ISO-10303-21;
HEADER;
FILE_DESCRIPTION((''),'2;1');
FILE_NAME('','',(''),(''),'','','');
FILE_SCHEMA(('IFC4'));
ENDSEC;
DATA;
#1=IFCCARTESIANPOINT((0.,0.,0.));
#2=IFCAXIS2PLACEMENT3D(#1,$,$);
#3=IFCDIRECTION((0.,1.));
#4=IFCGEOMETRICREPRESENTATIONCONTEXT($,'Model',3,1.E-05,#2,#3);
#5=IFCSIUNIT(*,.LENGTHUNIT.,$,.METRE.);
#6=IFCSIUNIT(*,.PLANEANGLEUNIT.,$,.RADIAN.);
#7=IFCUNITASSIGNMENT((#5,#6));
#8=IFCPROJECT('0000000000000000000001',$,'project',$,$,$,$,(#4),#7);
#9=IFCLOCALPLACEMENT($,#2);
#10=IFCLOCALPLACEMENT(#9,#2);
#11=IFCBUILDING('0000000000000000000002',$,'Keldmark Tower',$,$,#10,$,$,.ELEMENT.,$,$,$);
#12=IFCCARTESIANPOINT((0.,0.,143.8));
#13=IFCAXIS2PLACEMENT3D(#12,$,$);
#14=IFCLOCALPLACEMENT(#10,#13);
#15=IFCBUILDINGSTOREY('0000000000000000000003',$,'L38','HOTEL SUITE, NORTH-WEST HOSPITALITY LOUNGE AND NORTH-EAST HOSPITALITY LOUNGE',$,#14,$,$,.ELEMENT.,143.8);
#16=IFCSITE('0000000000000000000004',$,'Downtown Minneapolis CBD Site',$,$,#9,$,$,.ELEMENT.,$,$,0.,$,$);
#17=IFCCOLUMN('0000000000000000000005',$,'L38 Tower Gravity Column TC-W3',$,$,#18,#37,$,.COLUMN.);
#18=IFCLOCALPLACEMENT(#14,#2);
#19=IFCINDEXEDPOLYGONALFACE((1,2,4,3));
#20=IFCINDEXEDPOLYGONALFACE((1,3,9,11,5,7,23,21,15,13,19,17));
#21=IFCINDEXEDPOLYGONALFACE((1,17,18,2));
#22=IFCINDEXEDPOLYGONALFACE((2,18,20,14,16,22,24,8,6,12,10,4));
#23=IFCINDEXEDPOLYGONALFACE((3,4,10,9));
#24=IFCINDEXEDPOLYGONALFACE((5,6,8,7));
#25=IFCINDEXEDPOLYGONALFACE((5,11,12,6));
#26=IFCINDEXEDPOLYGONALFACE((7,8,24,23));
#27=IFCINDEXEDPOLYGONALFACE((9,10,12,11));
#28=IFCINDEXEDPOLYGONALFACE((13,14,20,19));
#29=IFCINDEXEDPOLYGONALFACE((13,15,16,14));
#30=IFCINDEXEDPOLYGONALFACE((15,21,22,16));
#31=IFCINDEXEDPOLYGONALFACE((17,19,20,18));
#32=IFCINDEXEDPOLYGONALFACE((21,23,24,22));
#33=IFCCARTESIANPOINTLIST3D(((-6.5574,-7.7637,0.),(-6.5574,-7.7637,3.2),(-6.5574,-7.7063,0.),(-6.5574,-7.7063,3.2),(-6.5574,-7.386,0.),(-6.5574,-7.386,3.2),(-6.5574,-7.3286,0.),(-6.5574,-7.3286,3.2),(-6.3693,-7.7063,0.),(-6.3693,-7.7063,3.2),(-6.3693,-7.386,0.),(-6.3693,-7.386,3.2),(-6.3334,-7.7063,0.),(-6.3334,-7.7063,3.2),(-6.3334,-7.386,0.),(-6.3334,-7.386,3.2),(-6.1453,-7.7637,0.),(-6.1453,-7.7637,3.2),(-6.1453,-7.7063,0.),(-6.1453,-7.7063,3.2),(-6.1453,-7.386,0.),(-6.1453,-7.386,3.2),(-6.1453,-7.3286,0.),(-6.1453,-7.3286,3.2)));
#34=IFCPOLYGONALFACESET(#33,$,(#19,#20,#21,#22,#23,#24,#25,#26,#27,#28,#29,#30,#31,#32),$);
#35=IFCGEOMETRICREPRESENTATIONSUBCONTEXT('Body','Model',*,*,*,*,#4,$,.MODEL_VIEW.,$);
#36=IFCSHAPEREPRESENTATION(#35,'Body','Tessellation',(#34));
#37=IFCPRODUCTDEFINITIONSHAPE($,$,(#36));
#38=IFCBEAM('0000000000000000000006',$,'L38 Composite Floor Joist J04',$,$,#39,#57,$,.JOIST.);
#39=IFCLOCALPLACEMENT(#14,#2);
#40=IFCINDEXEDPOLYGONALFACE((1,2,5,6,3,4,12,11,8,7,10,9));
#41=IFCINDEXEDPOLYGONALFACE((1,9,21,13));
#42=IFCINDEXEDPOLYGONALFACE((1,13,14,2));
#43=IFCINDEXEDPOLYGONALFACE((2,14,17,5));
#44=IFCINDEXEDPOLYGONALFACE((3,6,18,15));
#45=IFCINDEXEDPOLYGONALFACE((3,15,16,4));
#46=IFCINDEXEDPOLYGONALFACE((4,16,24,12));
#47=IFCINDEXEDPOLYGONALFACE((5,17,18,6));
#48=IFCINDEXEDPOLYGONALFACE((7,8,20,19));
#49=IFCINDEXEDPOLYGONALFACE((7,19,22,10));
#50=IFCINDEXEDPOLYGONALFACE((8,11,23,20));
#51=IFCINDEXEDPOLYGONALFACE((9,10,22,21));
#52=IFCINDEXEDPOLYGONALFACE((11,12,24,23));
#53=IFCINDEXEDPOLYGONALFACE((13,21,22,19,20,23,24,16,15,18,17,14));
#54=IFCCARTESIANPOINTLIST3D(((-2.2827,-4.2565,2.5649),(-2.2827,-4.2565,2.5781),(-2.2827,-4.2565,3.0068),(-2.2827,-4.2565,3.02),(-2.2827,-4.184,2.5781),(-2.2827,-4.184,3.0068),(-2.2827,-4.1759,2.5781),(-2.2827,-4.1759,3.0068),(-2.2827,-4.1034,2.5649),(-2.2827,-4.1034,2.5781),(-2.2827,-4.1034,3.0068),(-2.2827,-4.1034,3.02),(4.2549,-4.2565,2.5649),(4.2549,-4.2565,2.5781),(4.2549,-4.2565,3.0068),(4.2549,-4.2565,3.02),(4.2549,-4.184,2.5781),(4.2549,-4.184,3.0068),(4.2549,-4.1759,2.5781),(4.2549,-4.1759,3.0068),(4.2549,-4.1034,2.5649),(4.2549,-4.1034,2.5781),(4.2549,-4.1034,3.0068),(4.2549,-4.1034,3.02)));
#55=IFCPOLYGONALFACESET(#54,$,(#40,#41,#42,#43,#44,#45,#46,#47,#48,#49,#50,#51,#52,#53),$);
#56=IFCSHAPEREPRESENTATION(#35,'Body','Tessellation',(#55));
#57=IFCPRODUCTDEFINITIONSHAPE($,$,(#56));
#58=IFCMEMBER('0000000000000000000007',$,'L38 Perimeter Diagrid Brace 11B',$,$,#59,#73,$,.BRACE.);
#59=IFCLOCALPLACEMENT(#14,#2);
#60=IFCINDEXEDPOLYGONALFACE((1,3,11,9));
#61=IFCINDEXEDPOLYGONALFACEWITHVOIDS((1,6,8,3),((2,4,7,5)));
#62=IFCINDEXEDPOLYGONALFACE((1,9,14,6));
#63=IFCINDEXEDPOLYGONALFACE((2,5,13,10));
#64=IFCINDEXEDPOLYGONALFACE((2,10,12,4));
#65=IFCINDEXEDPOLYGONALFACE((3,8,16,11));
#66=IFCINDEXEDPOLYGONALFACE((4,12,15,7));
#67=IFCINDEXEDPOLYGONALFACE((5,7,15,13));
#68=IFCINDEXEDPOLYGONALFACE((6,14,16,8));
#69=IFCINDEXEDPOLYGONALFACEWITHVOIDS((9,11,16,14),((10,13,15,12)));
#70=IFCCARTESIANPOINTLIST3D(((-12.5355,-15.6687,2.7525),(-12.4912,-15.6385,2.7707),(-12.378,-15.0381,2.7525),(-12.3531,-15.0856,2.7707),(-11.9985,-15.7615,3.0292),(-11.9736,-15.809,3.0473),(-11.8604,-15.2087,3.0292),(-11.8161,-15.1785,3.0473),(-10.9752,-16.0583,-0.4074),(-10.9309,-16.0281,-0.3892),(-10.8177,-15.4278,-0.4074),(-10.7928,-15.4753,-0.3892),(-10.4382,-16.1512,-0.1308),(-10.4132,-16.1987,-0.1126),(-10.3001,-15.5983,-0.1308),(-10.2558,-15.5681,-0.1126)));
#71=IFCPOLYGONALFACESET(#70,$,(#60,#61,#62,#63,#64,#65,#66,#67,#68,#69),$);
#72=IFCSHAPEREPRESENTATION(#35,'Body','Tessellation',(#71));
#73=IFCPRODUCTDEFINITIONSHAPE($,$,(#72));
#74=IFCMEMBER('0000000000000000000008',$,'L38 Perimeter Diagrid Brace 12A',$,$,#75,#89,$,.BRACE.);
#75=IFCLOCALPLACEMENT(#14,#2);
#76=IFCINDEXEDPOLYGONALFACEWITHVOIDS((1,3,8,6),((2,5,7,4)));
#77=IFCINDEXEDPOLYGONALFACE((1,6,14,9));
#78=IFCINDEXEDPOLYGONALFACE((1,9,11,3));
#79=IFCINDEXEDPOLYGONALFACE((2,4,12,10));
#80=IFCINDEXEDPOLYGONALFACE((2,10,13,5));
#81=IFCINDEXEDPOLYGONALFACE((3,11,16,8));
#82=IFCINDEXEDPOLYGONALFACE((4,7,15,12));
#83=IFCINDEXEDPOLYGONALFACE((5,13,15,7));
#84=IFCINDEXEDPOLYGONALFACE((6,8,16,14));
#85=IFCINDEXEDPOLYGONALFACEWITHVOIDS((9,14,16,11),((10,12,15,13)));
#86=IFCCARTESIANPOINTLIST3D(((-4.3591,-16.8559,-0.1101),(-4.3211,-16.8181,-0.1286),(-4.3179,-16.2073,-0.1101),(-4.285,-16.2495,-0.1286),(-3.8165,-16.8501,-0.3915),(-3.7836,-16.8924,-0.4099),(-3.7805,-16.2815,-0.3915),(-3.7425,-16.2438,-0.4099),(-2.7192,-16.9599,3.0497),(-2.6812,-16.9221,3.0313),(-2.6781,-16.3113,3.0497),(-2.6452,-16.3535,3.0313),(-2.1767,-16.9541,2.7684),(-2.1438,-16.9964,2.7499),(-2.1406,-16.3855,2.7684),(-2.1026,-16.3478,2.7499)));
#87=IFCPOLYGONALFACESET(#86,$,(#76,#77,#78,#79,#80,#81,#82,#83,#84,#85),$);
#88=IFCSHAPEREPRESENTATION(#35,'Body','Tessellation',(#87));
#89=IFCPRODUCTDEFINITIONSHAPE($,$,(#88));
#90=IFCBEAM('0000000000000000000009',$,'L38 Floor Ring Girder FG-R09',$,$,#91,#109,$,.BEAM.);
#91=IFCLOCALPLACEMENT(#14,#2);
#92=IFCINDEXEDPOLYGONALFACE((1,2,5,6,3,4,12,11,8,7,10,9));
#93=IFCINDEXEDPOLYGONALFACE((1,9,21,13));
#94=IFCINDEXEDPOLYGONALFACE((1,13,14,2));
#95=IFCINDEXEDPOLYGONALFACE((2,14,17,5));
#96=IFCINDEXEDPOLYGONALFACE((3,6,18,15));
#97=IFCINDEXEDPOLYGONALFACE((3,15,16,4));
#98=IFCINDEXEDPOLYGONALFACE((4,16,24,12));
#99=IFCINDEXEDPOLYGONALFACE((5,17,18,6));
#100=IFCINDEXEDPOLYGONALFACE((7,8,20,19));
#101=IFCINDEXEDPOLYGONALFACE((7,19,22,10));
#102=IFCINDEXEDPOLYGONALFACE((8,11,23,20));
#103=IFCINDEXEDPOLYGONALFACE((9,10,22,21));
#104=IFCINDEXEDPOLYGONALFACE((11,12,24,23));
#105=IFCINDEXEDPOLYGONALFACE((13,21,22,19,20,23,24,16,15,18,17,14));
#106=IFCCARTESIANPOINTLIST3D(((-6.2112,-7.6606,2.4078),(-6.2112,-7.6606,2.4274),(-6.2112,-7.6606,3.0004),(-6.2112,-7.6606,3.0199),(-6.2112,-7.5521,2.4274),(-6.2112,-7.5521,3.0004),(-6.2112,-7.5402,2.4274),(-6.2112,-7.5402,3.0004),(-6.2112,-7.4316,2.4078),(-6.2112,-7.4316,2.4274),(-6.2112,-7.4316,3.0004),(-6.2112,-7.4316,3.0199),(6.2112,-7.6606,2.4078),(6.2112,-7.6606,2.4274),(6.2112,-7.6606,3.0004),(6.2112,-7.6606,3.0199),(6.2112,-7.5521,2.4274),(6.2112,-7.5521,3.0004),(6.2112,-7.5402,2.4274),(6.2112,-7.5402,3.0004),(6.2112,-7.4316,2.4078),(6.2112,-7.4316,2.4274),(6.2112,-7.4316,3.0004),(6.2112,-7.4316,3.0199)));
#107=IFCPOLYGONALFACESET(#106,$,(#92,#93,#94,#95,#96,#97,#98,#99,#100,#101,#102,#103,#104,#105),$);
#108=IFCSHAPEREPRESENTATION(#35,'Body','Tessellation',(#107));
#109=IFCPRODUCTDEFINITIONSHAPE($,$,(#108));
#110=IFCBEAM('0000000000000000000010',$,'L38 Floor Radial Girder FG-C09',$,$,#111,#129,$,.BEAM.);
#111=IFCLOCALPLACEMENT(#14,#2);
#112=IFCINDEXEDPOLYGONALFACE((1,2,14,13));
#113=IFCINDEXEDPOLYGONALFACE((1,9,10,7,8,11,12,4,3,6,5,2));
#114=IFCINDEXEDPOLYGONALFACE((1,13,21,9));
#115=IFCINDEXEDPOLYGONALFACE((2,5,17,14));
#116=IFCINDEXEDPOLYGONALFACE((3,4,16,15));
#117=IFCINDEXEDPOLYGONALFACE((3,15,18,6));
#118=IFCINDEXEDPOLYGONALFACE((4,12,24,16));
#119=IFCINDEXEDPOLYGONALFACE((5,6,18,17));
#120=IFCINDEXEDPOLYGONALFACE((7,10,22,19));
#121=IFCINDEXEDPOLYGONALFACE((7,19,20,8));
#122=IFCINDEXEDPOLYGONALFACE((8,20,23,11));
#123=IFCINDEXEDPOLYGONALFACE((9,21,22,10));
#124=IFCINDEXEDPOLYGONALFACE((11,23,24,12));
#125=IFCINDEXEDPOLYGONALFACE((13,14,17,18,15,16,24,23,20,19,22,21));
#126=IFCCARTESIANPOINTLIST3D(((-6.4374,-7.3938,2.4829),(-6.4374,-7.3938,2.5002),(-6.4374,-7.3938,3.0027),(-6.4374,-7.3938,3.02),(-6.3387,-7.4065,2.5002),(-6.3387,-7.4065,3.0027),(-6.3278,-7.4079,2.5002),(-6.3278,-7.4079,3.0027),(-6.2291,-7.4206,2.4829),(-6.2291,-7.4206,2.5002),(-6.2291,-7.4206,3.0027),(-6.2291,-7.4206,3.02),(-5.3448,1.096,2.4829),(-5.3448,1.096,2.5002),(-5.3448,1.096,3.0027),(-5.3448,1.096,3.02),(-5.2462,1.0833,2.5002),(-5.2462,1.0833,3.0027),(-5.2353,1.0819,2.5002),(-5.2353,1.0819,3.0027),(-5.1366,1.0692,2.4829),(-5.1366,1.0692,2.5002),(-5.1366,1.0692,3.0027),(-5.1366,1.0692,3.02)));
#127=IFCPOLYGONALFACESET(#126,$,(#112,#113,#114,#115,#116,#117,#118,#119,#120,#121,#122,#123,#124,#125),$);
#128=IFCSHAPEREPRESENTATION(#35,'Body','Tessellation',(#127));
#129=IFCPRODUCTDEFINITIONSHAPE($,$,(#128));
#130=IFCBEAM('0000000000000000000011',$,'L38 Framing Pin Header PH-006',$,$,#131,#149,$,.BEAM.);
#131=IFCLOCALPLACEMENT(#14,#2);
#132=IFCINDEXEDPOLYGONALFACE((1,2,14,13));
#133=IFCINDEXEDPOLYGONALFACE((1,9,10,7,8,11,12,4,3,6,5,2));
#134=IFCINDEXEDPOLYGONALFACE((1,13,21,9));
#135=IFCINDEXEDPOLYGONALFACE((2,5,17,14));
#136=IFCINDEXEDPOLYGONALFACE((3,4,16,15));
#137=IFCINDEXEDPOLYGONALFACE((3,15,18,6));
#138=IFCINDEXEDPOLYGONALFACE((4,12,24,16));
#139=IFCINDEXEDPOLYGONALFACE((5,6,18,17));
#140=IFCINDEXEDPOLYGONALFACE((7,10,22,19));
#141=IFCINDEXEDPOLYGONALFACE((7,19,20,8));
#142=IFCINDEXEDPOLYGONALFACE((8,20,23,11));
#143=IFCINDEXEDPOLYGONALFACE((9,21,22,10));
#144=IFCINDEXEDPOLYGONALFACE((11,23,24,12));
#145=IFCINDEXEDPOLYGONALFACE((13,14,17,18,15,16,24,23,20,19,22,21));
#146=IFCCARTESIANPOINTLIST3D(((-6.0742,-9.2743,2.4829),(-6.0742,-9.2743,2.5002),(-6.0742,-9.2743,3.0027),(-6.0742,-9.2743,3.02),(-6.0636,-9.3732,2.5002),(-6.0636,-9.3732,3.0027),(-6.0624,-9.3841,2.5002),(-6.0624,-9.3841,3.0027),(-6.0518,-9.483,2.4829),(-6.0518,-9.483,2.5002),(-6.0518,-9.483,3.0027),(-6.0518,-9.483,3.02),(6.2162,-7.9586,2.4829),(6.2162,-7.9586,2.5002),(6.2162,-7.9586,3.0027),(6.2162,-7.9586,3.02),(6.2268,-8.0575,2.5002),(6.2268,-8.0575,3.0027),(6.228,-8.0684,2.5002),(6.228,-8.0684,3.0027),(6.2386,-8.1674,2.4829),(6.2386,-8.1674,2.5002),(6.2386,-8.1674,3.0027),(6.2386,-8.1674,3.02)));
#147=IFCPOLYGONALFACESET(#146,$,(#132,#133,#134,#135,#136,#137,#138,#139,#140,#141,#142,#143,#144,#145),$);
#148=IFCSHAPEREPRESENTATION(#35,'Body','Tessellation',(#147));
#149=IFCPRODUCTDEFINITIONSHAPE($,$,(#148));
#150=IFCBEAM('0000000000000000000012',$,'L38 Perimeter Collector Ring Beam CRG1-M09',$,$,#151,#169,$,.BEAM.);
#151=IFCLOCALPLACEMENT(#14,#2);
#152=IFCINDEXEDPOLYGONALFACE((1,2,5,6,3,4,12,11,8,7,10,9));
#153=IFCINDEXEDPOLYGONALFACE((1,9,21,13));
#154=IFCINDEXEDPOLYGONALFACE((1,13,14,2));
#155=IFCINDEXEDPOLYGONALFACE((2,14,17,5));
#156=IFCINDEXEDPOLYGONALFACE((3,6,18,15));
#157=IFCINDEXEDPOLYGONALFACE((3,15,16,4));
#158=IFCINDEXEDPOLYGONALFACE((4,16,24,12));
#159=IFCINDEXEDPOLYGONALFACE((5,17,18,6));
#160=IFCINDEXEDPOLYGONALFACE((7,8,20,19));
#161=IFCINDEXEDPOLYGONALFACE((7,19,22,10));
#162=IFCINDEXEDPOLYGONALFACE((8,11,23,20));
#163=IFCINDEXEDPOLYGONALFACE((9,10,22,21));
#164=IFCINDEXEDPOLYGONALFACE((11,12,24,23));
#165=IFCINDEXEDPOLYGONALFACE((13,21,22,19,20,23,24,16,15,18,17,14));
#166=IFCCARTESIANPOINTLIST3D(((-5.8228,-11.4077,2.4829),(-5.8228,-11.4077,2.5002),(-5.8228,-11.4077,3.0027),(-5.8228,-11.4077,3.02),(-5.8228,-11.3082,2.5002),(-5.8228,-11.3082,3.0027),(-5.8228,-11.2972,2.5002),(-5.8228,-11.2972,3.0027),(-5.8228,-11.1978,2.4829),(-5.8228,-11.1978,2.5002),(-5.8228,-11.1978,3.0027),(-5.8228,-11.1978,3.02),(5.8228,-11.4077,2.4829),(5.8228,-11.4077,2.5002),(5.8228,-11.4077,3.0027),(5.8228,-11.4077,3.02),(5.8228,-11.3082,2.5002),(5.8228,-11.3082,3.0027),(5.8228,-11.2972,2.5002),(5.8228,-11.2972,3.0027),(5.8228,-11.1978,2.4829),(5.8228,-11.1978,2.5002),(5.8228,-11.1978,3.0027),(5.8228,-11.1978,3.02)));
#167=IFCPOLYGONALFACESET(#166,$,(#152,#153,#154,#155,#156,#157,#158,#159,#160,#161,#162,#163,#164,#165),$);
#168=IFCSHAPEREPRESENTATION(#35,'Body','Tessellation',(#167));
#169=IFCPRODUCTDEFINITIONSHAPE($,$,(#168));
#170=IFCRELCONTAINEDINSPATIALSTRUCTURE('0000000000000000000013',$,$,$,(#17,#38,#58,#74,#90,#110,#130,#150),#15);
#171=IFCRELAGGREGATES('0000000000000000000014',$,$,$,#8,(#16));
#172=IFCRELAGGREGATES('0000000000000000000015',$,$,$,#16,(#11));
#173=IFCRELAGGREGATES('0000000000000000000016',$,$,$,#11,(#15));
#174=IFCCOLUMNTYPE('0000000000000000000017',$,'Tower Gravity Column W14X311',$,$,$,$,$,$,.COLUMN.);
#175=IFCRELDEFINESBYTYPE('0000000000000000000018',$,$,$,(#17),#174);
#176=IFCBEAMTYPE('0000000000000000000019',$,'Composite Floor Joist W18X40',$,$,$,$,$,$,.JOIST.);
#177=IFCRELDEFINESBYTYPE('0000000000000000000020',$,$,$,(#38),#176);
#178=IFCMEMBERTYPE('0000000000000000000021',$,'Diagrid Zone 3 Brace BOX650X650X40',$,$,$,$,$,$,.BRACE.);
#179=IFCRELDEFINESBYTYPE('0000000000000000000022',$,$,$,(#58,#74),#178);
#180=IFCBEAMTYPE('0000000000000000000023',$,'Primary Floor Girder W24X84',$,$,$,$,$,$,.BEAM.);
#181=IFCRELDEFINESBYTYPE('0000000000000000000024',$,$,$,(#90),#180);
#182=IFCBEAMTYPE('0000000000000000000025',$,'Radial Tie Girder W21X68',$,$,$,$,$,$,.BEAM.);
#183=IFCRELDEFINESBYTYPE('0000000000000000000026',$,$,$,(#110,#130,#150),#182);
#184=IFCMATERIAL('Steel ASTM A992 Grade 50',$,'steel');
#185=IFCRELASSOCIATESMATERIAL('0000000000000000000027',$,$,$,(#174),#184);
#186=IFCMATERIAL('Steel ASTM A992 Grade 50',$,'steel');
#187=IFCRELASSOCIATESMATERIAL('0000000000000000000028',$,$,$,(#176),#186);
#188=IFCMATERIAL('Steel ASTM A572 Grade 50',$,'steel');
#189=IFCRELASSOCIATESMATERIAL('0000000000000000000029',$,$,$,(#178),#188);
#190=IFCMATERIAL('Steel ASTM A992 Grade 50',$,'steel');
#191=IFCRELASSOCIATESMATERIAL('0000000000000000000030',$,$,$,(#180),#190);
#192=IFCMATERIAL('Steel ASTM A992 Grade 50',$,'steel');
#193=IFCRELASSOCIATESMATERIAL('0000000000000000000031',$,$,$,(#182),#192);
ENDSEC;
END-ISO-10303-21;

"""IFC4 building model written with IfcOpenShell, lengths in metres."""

from ifc_helpers import new_model, si_unit, direction, frame, origin, origin_2d, place, context, subcontext, project, spatial, hollow_rectangle, i_section, extrude, material, material_profile, profile_set, type_object, element, save


model = new_model("IFC4")

# Units and contexts
model_context = context("Model", 3, precision=1e-05, world=origin(), true_north=direction((0.0, 1.0)))
body_context = subcontext(model_context, "Body", "Model", "MODEL_VIEW")
ifc_project = project(units=[si_unit("LENGTHUNIT", "METRE"), si_unit("PLANEANGLEUNIT", "RADIAN")], contexts=[model_context])

# Site, building, storey
site_placement = place(None, origin())
site = spatial("IfcSite", under=ifc_project, at=site_placement, Name="Downtown Minneapolis CBD Site", CompositionType="ELEMENT", RefElevation=0.0)
building_placement = place(site_placement, origin())
building = spatial("IfcBuilding", under=site, at=building_placement, Name="Keldmark Tower", CompositionType="ELEMENT")
storey_placement = place(building_placement, frame((0.0, 0.0, 143.8)))
storey = spatial("IfcBuildingStorey", under=building, at=storey_placement, Name="L38", Description="HOTEL SUITE, NORTH-WEST HOSPITALITY LOUNGE AND NORTH-EAST HOSPITALITY LOUNGE", CompositionType="ELEMENT", Elevation=143.8)

# Column
ifc_material_1 = material(Name="Steel ASTM A992 Grade 50", Category="steel")
ifc_material_profile_1 = material_profile(ifc_material_1, i_section(OverallWidth=0.4121, OverallDepth=0.4351, WebThickness=0.0359, FlangeThickness=0.0574, at=origin_2d()), Name="W14X311")
ifc_profile_set_1 = profile_set([ifc_material_profile_1], Name="Steel ASTM A992 Grade 50")
column_type = type_object("IfcColumnType", Name="Tower Gravity Column W14X311", PredefinedType="COLUMN", material=ifc_profile_set_1)
column_placement = place(storey_placement, frame((-6.3513, -7.5461, 0.0), z_axis=(0.0, 0.0, 1.0), x_axis=(1.0, 0.0, 0.0)))
element("IfcColumn", 1, at=column_placement, inside=storey, type_object=column_type, Name="L38 Tower Gravity Column TC-W3", PredefinedType="COLUMN", context=body_context, shape_type="SweptSolid", body=[
    extrude(i_section(OverallWidth=0.4121, OverallDepth=0.4351, WebThickness=0.0359, FlangeThickness=0.0574, at=origin_2d()), origin(), (0.0, 0.0, 1.0), 3.2),
])

# Beam
ifc_material_2 = material(Name="Steel ASTM A992 Grade 50", Category="steel")
ifc_material_profile_2 = material_profile(ifc_material_2, i_section(OverallWidth=0.1531, OverallDepth=0.4551, WebThickness=0.0081, FlangeThickness=0.0132, at=origin_2d()), Name="W18X40")
ifc_profile_set_2 = profile_set([ifc_material_profile_2], Name="Steel ASTM A992 Grade 50")
beam_type_1 = type_object("IfcBeamType", Name="Composite Floor Joist W18X40", PredefinedType="JOIST", material=ifc_profile_set_2)
beam_1_placement = place(storey_placement, frame((-2.2827, -4.1799, 2.7925), z_axis=(1.0, 0.0, 0.0), x_axis=(0.0, 1.0, 0.0)))
element("IfcBeam", 2, at=beam_1_placement, inside=storey, type_object=beam_type_1, Name="L38 Composite Floor Joist J04", PredefinedType="JOIST", context=body_context, shape_type="SweptSolid", body=[
    extrude(i_section(OverallWidth=0.1531, OverallDepth=0.4551, WebThickness=0.0081, FlangeThickness=0.0132, at=origin_2d()), origin(), (0.0, 0.0, 1.0), 6.5376),
])

# Members
ifc_material_3 = material(Name="Steel ASTM A572 Grade 50", Category="steel")
ifc_material_profile_3 = material_profile(ifc_material_3, hollow_rectangle(XDim=0.6499, YDim=0.6499, WallThickness=0.04, at=origin_2d()), Name="BOX650X650X40")
ifc_profile_set_3 = profile_set([ifc_material_profile_3], Name="Steel ASTM A572 Grade 50")
member_type = type_object("IfcMemberType", Name="Diagrid Zone 3 Brace BOX650X650X40", PredefinedType="BRACE", material=ifc_profile_set_3)
member_1_placement = place(storey_placement, frame((-10.6155, -15.8132, -0.26), z_axis=(-0.440065, 0.109896, 0.891216), x_axis=(-0.242286, -0.970205, 0.0)))
element("IfcMember", 3, at=member_1_placement, inside=storey, type_object=member_type, Name="L38 Perimeter Diagrid Brace 11B", PredefinedType="BRACE", context=body_context, shape_type="SweptSolid", body=[
    extrude(hollow_rectangle(XDim=0.6499, YDim=0.6499, WallThickness=0.04, at=origin_2d()), origin(), (0.0, 0.0, 1.0), 3.5457),
])
member_2_placement = place(storey_placement, frame((-4.0508, -16.5498, -0.26), z_axis=(0.460435, -0.029201, 0.887213), x_axis=(0.063294, 0.997995, 0.0)))
element("IfcMember", 4, at=member_2_placement, inside=storey, type_object=member_type, Name="L38 Perimeter Diagrid Brace 12A", PredefinedType="BRACE", context=body_context, shape_type="SweptSolid", body=[
    extrude(hollow_rectangle(XDim=0.6499, YDim=0.6499, WallThickness=0.04, at=origin_2d()), origin(), (0.0, 0.0, 1.0), 3.5615),
])

# Beams
ifc_material_4 = material(Name="Steel ASTM A992 Grade 50", Category="steel")
ifc_material_profile_4 = material_profile(ifc_material_4, i_section(OverallWidth=0.229, OverallDepth=0.6121, WebThickness=0.012, FlangeThickness=0.0195, at=origin_2d()), Name="W24X84")
ifc_profile_set_4 = profile_set([ifc_material_profile_4], Name="Steel ASTM A992 Grade 50")
beam_type_2 = type_object("IfcBeamType", Name="Primary Floor Girder W24X84", PredefinedType="BEAM", material=ifc_profile_set_4)
beam_2_placement = place(storey_placement, frame((-6.2112, -7.5461, 2.7139), z_axis=(1.0, 0.0, 0.0), x_axis=(0.0, 1.0, 0.0)))
element("IfcBeam", 5, at=beam_2_placement, inside=storey, type_object=beam_type_2, Name="L38 Floor Ring Girder FG-R09", PredefinedType="BEAM", context=body_context, shape_type="SweptSolid", body=[
    extrude(i_section(OverallWidth=0.229, OverallDepth=0.6121, WebThickness=0.012, FlangeThickness=0.0195, at=origin_2d()), origin(), (0.0, 0.0, 1.0), 12.4224),
])
ifc_material_5 = material(Name="Steel ASTM A992 Grade 50", Category="steel")
ifc_material_profile_5 = material_profile(ifc_material_5, i_section(OverallWidth=0.21, OverallDepth=0.5371, WebThickness=0.011, FlangeThickness=0.0173, at=origin_2d()), Name="W21X68")
ifc_profile_set_5 = profile_set([ifc_material_profile_5], Name="Steel ASTM A992 Grade 50")
beam_type_3 = type_object("IfcBeamType", Name="Radial Tie Girder W21X68", PredefinedType="BEAM", material=ifc_profile_set_5)
beam_3_placement = place(storey_placement, frame((-6.3333, -7.4072, 2.7515), z_axis=(0.127636, 0.991821, 0.0), x_axis=(-0.991821, 0.127636, 0.0)))
element("IfcBeam", 6, at=beam_3_placement, inside=storey, type_object=beam_type_3, Name="L38 Floor Radial Girder FG-C09", PredefinedType="BEAM", context=body_context, shape_type="SweptSolid", body=[
    extrude(i_section(OverallWidth=0.21, OverallDepth=0.5371, WebThickness=0.011, FlangeThickness=0.0173, at=origin_2d()), origin(), (0.0, 0.0, 1.0), 8.5598),
])
beam_4_placement = place(storey_placement, frame((-6.063, -9.3787, 2.7515), z_axis=(0.994319, 0.106442, 0.0), x_axis=(-0.106442, 0.994319, 0.0)))
element("IfcBeam", 7, at=beam_4_placement, inside=storey, type_object=beam_type_3, Name="L38 Framing Pin Header PH-006", PredefinedType="BEAM", context=body_context, shape_type="SweptSolid", body=[
    extrude(i_section(OverallWidth=0.21, OverallDepth=0.5371, WebThickness=0.011, FlangeThickness=0.0173, at=origin_2d()), origin(), (0.0, 0.0, 1.0), 12.3606),
])
beam_5_placement = place(storey_placement, frame((-5.8228, -11.3027, 2.7515), z_axis=(1.0, 0.0, 0.0), x_axis=(0.0, 1.0, 0.0)))
element("IfcBeam", 8, at=beam_5_placement, inside=storey, type_object=beam_type_3, Name="L38 Perimeter Collector Ring Beam CRG1-M09", PredefinedType="BEAM", context=body_context, shape_type="SweptSolid", body=[
    extrude(i_section(OverallWidth=0.21, OverallDepth=0.5371, WebThickness=0.011, FlangeThickness=0.0173, at=origin_2d()), origin(), (0.0, 0.0, 1.0), 11.6455),
])

save(model, "model.ifc")
